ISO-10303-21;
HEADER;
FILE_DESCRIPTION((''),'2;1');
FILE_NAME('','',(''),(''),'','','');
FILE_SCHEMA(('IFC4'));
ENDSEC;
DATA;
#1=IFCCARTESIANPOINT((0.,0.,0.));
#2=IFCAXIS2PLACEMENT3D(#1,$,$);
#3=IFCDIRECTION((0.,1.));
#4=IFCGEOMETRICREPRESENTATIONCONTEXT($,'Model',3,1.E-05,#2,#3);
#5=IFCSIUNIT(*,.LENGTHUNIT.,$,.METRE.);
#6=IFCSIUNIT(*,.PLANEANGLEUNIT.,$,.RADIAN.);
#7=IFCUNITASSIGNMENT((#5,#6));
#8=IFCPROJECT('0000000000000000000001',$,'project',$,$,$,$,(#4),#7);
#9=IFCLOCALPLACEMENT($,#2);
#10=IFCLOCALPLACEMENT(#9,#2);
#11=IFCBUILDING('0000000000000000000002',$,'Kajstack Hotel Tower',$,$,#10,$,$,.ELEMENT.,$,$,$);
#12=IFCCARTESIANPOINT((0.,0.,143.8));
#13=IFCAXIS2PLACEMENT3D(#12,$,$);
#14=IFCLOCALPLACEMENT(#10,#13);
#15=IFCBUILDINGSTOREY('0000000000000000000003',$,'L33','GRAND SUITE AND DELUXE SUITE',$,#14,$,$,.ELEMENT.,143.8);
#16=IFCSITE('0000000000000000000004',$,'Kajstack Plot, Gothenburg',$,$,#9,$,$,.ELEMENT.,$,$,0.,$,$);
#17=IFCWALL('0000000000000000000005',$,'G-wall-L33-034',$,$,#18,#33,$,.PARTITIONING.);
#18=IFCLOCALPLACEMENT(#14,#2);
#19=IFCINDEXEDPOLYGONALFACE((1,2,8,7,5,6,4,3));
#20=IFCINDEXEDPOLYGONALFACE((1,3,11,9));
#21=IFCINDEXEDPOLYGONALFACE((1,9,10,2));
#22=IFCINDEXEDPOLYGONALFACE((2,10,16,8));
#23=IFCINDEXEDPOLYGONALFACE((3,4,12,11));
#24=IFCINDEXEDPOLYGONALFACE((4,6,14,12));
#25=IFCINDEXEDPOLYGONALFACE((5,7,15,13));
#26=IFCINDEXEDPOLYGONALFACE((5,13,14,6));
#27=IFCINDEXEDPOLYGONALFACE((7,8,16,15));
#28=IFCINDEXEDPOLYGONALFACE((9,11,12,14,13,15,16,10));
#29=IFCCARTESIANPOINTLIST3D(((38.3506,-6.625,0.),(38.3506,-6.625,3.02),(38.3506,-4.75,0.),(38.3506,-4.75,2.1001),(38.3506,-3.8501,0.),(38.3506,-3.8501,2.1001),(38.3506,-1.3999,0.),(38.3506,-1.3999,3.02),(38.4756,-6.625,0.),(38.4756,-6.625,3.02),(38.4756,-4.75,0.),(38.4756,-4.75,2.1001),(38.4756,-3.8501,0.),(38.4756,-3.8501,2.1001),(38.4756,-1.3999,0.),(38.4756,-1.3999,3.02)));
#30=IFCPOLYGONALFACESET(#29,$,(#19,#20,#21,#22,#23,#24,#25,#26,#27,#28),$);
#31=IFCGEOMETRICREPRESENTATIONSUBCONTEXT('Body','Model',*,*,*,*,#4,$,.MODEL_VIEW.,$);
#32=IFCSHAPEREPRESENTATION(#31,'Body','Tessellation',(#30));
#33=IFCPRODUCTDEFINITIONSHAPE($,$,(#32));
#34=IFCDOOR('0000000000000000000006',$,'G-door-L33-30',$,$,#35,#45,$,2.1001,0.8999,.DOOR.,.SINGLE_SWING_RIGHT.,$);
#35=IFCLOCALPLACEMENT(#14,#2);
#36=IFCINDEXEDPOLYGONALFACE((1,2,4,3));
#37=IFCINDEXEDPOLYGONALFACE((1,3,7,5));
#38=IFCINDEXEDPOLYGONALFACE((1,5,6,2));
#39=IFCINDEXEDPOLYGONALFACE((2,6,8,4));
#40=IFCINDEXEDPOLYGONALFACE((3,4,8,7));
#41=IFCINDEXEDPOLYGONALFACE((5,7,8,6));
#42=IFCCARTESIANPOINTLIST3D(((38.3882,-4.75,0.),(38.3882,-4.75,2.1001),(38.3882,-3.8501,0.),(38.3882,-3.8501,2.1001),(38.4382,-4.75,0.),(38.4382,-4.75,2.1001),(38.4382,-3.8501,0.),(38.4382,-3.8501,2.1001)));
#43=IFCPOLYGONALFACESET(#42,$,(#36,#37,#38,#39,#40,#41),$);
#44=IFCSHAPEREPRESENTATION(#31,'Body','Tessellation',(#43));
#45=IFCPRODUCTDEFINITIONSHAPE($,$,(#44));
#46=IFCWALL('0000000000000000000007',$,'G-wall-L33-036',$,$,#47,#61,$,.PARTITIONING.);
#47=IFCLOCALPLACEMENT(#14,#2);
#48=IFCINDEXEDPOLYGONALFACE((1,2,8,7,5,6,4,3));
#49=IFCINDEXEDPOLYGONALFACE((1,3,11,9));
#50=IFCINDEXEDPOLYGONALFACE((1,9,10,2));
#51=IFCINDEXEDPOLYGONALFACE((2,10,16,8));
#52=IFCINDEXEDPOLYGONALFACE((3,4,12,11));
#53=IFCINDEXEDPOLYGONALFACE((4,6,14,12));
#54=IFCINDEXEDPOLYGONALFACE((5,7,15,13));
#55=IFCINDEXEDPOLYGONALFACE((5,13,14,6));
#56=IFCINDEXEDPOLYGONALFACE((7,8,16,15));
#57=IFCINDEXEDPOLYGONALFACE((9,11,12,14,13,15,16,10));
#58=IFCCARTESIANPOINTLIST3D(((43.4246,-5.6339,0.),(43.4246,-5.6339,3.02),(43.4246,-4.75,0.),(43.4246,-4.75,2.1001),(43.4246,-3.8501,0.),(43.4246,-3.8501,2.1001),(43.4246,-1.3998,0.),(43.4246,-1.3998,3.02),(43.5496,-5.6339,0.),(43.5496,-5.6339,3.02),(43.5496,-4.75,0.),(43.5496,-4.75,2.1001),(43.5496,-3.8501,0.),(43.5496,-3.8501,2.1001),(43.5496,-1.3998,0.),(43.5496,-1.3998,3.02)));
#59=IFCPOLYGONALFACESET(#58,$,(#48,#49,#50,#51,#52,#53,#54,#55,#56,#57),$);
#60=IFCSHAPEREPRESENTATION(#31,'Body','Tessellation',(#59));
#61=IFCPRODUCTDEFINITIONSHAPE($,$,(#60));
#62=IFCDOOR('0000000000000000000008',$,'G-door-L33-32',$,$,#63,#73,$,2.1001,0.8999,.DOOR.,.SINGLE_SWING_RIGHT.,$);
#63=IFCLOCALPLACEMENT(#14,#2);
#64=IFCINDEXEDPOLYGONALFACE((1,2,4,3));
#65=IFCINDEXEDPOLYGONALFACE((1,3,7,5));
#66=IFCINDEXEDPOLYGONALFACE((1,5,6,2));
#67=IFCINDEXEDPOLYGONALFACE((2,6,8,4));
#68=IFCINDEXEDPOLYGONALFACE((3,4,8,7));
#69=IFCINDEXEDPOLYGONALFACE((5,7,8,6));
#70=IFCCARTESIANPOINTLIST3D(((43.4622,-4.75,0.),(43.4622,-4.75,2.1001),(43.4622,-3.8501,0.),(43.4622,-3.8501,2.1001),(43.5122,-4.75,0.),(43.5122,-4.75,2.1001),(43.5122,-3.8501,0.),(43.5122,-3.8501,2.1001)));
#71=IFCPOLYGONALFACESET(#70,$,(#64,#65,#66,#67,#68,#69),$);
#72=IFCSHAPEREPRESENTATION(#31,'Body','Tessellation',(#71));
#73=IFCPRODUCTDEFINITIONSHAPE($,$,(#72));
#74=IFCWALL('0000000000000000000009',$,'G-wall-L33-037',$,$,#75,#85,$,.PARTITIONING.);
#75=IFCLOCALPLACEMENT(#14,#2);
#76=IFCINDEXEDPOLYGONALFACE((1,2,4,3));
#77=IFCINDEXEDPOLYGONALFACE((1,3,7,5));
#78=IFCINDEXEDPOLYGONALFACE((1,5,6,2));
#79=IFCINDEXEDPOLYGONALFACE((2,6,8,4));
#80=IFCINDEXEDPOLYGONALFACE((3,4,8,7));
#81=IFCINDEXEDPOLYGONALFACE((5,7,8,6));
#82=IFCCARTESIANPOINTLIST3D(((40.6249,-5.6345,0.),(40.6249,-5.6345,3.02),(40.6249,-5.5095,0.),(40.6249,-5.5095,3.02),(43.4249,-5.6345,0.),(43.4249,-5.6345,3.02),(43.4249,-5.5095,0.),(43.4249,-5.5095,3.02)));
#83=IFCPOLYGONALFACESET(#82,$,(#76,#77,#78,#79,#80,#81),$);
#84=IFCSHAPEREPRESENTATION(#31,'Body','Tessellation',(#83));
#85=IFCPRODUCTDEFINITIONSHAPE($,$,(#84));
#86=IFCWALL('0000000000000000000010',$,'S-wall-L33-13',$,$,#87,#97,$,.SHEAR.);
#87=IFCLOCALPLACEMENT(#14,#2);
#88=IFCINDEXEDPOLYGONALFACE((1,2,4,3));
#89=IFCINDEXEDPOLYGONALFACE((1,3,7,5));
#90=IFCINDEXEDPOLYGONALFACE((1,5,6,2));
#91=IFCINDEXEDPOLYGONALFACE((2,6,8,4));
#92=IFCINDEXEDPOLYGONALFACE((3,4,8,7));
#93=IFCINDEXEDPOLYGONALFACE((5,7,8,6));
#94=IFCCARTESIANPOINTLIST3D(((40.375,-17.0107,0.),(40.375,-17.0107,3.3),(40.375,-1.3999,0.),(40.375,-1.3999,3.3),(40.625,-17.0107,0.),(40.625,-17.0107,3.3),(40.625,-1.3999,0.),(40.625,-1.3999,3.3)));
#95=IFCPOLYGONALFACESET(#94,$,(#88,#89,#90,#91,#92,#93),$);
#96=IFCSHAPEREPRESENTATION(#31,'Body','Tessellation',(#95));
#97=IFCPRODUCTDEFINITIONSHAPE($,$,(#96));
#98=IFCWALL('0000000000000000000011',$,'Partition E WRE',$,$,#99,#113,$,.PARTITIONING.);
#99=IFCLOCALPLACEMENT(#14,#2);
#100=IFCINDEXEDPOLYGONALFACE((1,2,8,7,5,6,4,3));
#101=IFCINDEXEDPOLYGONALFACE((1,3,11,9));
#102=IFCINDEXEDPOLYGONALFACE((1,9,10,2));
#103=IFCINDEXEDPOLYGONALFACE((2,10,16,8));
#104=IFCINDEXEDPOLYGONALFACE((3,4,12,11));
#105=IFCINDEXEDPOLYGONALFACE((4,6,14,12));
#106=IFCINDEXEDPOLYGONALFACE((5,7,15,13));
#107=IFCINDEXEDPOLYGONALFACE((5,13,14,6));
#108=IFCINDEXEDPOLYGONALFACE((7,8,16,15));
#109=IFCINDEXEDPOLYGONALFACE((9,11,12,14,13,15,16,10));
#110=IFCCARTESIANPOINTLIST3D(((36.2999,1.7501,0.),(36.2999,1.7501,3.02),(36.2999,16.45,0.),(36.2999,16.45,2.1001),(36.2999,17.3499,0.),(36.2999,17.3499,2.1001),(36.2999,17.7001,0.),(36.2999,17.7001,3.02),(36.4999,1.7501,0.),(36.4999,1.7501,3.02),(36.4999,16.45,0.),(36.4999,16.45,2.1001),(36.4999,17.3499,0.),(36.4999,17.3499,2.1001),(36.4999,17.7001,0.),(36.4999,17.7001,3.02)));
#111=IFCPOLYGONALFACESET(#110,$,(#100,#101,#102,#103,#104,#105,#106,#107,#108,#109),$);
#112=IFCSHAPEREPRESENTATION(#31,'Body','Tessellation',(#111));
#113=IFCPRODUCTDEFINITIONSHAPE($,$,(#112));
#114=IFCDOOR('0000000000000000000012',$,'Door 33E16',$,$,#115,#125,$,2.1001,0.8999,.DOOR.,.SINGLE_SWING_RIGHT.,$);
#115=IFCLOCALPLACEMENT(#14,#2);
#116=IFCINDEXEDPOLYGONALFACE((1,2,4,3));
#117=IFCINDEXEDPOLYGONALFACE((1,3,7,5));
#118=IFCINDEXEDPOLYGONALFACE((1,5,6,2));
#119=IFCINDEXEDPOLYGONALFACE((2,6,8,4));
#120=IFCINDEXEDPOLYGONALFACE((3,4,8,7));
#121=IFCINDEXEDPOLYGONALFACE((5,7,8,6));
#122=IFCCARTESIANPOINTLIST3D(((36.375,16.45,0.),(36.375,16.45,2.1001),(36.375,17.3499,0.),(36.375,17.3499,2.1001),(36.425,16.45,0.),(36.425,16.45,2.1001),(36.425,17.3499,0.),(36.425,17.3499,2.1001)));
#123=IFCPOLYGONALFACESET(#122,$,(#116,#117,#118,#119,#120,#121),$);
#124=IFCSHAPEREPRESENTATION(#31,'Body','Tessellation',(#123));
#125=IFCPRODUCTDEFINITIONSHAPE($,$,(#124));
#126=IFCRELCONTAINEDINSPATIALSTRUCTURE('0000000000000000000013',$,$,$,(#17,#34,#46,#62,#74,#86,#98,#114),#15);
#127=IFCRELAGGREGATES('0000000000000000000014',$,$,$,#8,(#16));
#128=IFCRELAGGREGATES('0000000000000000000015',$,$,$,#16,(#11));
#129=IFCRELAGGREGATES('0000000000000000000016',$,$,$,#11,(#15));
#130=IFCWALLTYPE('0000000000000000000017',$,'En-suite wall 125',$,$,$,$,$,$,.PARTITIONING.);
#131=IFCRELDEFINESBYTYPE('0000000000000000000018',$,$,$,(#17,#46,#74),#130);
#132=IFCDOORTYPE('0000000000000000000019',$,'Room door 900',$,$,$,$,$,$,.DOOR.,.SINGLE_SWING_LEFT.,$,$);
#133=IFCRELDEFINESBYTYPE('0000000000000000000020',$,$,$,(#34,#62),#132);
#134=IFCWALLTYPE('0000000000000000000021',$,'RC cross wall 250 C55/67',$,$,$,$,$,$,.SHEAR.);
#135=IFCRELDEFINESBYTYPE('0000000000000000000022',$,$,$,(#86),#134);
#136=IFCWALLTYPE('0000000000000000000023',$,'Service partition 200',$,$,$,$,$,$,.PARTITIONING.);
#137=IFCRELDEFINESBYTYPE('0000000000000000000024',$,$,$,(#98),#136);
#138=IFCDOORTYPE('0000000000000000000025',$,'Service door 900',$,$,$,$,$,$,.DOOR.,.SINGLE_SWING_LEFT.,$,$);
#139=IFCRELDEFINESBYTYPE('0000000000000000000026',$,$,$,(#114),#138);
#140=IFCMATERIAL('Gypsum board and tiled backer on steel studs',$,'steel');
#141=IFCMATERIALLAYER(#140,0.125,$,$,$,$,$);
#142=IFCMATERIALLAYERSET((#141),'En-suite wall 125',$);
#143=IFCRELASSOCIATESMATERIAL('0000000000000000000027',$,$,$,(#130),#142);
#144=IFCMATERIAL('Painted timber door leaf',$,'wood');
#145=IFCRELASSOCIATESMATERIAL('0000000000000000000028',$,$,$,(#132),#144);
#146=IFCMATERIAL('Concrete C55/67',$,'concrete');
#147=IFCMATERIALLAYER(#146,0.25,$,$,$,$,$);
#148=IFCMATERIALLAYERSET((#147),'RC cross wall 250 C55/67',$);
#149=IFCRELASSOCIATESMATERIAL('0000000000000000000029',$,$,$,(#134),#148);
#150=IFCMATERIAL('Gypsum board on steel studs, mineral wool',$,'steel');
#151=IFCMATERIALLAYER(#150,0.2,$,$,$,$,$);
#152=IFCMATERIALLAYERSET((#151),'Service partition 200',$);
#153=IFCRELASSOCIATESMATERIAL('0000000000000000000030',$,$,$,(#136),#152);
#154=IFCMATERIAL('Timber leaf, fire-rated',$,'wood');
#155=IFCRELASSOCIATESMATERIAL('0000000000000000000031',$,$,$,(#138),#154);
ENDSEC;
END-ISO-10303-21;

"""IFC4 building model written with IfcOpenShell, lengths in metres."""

from ifc_helpers import new_model, si_unit, direction, frame, frame_2d, origin, place, context, subcontext, project, spatial, rectangle, extrude, material, layer, layer_set, type_object, element, fill, save


model = new_model("IFC4")

# Units and contexts
model_context = context("Model", 3, precision=1e-05, world=origin(), true_north=direction((0.0, 1.0)))
body_context = subcontext(model_context, "Body", "Model", "MODEL_VIEW")
ifc_project = project(units=[si_unit("LENGTHUNIT", "METRE"), si_unit("PLANEANGLEUNIT", "RADIAN")], contexts=[model_context])

# Site, building, storey
site_placement = place(None, origin())
site = spatial("IfcSite", under=ifc_project, at=site_placement, Name="Kajstack Plot, Gothenburg", CompositionType="ELEMENT", RefElevation=0.0)
building_placement = place(site_placement, origin())
building = spatial("IfcBuilding", under=site, at=building_placement, Name="Kajstack Hotel Tower", CompositionType="ELEMENT")
storey_placement = place(building_placement, frame((0.0, 0.0, 143.8)))
storey = spatial("IfcBuildingStorey", under=building, at=storey_placement, Name="L33", Description="GRAND SUITE AND DELUXE SUITE", CompositionType="ELEMENT", Elevation=143.8)

# Walls, openings, doors
ifc_material_1 = material(Name="Gypsum board and tiled backer on steel studs", Category="steel")
ifc_layer_1 = layer(ifc_material_1, 0.125)
ifc_layer_set_1 = layer_set([ifc_layer_1], Name="En-suite wall 125")
wall_type_1 = type_object("IfcWallType", Name="En-suite wall 125", PredefinedType="PARTITIONING", material=ifc_layer_set_1)
wall_1_placement = place(storey_placement, frame((38.4131, -6.625, 0.0), z_axis=(0.0, 0.0, 1.0), x_axis=(0.0, 1.0, 0.0)))
wall_1 = element("IfcWall", 1, at=wall_1_placement, inside=storey, type_object=wall_type_1, Name="G-wall-L33-034", PredefinedType="PARTITIONING", context=body_context, shape_type="SweptSolid", body=[
    extrude(rectangle(XDim=5.2251, YDim=0.125, at=frame_2d((2.6125, 0.0))), origin(), (0.0, 0.0, 1.0), 3.02),
])
opening_1_placement = place(wall_1_placement, frame((1.875, 0.0, 0.0)))
opening_1 = element("IfcOpeningElement", 2, at=opening_1_placement, cuts=wall_1, PredefinedType="OPENING", context=body_context, shape_type="SweptSolid", body=[
    extrude(rectangle(XDim=0.8999, YDim=2.1001, at=frame_2d((0.45, 1.05))), frame((0.0, 0.0725, 0.0), z_axis=(0.0, -1.0, 0.0), x_axis=(1.0, 0.0, 0.0)), (0.0, 0.0, 1.0), 0.145),
])
ifc_material_2 = material(Name="Painted timber door leaf", Category="wood")
door_type_1 = type_object("IfcDoorType", Name="Room door 900", OperationType="SINGLE_SWING_LEFT", PredefinedType="DOOR", material=ifc_material_2)
door_1_placement = place(opening_1_placement, origin())
door_1 = element("IfcDoor", 3, at=door_1_placement, inside=storey, type_object=door_type_1, Name="G-door-L33-30", OperationType="SINGLE_SWING_RIGHT", OverallHeight=2.1001, OverallWidth=0.8999, PredefinedType="DOOR", context=body_context, shape_type="SweptSolid", body=[
    extrude(rectangle(XDim=0.8999, YDim=2.1001, at=frame_2d((0.45, 1.05))), frame((0.0, 0.0249, 0.0), z_axis=(0.0, -1.0, 0.0), x_axis=(1.0, 0.0, 0.0)), (0.0, 0.0, 1.0), 0.05),
])
fill(opening_1, door_1)
wall_2_placement = place(storey_placement, frame((43.4871, -5.634, 0.0), z_axis=(0.0, 0.0, 1.0), x_axis=(0.0, 1.0, 0.0)))
wall_2 = element("IfcWall", 4, at=wall_2_placement, inside=storey, type_object=wall_type_1, Name="G-wall-L33-036", PredefinedType="PARTITIONING", context=body_context, shape_type="SweptSolid", body=[
    extrude(rectangle(XDim=4.2341, YDim=0.125, at=frame_2d((2.1172, 0.0))), origin(), (0.0, 0.0, 1.0), 3.02),
])
opening_2_placement = place(wall_2_placement, frame((0.884, 0.0, 0.0)))
opening_2 = element("IfcOpeningElement", 5, at=opening_2_placement, cuts=wall_2, PredefinedType="OPENING", context=body_context, shape_type="SweptSolid", body=[
    extrude(rectangle(XDim=0.8999, YDim=2.1001, at=frame_2d((0.45, 1.05))), frame((0.0, 0.0725, 0.0), z_axis=(0.0, -1.0, 0.0), x_axis=(1.0, 0.0, 0.0)), (0.0, 0.0, 1.0), 0.145),
])
door_2_placement = place(opening_2_placement, origin())
door_2 = element("IfcDoor", 6, at=door_2_placement, inside=storey, type_object=door_type_1, Name="G-door-L33-32", OperationType="SINGLE_SWING_RIGHT", OverallHeight=2.1001, OverallWidth=0.8999, PredefinedType="DOOR", context=body_context, shape_type="SweptSolid", body=[
    extrude(rectangle(XDim=0.8999, YDim=2.1001, at=frame_2d((0.45, 1.05))), frame((0.0, 0.0249, 0.0), z_axis=(0.0, -1.0, 0.0), x_axis=(1.0, 0.0, 0.0)), (0.0, 0.0, 1.0), 0.05),
])
fill(opening_2, door_2)

# Walls
wall_3_placement = place(storey_placement, frame((40.625, -5.572, 0.0), z_axis=(0.0, 0.0, 1.0), x_axis=(1.0, 0.0, 0.0)))
element("IfcWall", 7, at=wall_3_placement, inside=storey, type_object=wall_type_1, Name="G-wall-L33-037", PredefinedType="PARTITIONING", context=body_context, shape_type="SweptSolid", body=[
    extrude(rectangle(XDim=2.8, YDim=0.125, at=frame_2d((1.3999, 0.0))), origin(), (0.0, 0.0, 1.0), 3.02),
])
ifc_material_3 = material(Name="Concrete C55/67", Category="concrete")
ifc_layer_2 = layer(ifc_material_3, 0.25)
ifc_layer_set_2 = layer_set([ifc_layer_2], Name="RC cross wall 250 C55/67")
wall_type_2 = type_object("IfcWallType", Name="RC cross wall 250 C55/67", PredefinedType="SHEAR", material=ifc_layer_set_2)
wall_4_placement = place(storey_placement, frame((40.5, -17.0107, 0.0), z_axis=(0.0, 0.0, 1.0), x_axis=(0.0, 1.0, 0.0)))
element("IfcWall", 8, at=wall_4_placement, inside=storey, type_object=wall_type_2, Name="S-wall-L33-13", PredefinedType="SHEAR", context=body_context, shape_type="SweptSolid", body=[
    extrude(rectangle(XDim=15.6108, YDim=0.25, at=frame_2d((7.8054, 0.0))), origin(), (0.0, 0.0, 1.0), 3.3),
])

# Wall, opening, door
ifc_material_4 = material(Name="Gypsum board on steel studs, mineral wool", Category="steel")
ifc_layer_3 = layer(ifc_material_4, 0.2)
ifc_layer_set_3 = layer_set([ifc_layer_3], Name="Service partition 200")
wall_type_3 = type_object("IfcWallType", Name="Service partition 200", PredefinedType="PARTITIONING", material=ifc_layer_set_3)
wall_5_placement = place(storey_placement, frame((36.3999, 1.75, 0.0), z_axis=(0.0, 0.0, 1.0), x_axis=(0.0, 1.0, 0.0)))
wall_5 = element("IfcWall", 9, at=wall_5_placement, inside=storey, type_object=wall_type_3, Name="Partition E WRE", PredefinedType="PARTITIONING", context=body_context, shape_type="SweptSolid", body=[
    extrude(rectangle(XDim=15.95, YDim=0.2, at=frame_2d((7.9751, 0.0))), origin(), (0.0, 0.0, 1.0), 3.02),
])
opening_3_placement = place(wall_5_placement, frame((14.7, 0.0, 0.0)))
opening_3 = element("IfcOpeningElement", 10, at=opening_3_placement, cuts=wall_5, PredefinedType="OPENING", context=body_context, shape_type="SweptSolid", body=[
    extrude(rectangle(XDim=0.8999, YDim=2.1001, at=frame_2d((0.45, 1.05))), frame((0.0, 0.1099, 0.0), z_axis=(0.0, -1.0, 0.0), x_axis=(1.0, 0.0, 0.0)), (0.0, 0.0, 1.0), 0.22),
])
ifc_material_5 = material(Name="Timber leaf, fire-rated", Category="wood")
door_type_2 = type_object("IfcDoorType", Name="Service door 900", OperationType="SINGLE_SWING_LEFT", PredefinedType="DOOR", material=ifc_material_5)
door_3_placement = place(opening_3_placement, origin())
door_3 = element("IfcDoor", 11, at=door_3_placement, inside=storey, type_object=door_type_2, Name="Door 33E16", OperationType="SINGLE_SWING_RIGHT", OverallHeight=2.1001, OverallWidth=0.8999, PredefinedType="DOOR", context=body_context, shape_type="SweptSolid", body=[
    extrude(rectangle(XDim=0.8999, YDim=2.1001, at=frame_2d((0.45, 1.05))), frame((0.0, 0.0249, 0.0), z_axis=(0.0, -1.0, 0.0), x_axis=(1.0, 0.0, 0.0)), (0.0, 0.0, 1.0), 0.05),
])
fill(opening_3, door_3)

save(model, "model.ifc")
